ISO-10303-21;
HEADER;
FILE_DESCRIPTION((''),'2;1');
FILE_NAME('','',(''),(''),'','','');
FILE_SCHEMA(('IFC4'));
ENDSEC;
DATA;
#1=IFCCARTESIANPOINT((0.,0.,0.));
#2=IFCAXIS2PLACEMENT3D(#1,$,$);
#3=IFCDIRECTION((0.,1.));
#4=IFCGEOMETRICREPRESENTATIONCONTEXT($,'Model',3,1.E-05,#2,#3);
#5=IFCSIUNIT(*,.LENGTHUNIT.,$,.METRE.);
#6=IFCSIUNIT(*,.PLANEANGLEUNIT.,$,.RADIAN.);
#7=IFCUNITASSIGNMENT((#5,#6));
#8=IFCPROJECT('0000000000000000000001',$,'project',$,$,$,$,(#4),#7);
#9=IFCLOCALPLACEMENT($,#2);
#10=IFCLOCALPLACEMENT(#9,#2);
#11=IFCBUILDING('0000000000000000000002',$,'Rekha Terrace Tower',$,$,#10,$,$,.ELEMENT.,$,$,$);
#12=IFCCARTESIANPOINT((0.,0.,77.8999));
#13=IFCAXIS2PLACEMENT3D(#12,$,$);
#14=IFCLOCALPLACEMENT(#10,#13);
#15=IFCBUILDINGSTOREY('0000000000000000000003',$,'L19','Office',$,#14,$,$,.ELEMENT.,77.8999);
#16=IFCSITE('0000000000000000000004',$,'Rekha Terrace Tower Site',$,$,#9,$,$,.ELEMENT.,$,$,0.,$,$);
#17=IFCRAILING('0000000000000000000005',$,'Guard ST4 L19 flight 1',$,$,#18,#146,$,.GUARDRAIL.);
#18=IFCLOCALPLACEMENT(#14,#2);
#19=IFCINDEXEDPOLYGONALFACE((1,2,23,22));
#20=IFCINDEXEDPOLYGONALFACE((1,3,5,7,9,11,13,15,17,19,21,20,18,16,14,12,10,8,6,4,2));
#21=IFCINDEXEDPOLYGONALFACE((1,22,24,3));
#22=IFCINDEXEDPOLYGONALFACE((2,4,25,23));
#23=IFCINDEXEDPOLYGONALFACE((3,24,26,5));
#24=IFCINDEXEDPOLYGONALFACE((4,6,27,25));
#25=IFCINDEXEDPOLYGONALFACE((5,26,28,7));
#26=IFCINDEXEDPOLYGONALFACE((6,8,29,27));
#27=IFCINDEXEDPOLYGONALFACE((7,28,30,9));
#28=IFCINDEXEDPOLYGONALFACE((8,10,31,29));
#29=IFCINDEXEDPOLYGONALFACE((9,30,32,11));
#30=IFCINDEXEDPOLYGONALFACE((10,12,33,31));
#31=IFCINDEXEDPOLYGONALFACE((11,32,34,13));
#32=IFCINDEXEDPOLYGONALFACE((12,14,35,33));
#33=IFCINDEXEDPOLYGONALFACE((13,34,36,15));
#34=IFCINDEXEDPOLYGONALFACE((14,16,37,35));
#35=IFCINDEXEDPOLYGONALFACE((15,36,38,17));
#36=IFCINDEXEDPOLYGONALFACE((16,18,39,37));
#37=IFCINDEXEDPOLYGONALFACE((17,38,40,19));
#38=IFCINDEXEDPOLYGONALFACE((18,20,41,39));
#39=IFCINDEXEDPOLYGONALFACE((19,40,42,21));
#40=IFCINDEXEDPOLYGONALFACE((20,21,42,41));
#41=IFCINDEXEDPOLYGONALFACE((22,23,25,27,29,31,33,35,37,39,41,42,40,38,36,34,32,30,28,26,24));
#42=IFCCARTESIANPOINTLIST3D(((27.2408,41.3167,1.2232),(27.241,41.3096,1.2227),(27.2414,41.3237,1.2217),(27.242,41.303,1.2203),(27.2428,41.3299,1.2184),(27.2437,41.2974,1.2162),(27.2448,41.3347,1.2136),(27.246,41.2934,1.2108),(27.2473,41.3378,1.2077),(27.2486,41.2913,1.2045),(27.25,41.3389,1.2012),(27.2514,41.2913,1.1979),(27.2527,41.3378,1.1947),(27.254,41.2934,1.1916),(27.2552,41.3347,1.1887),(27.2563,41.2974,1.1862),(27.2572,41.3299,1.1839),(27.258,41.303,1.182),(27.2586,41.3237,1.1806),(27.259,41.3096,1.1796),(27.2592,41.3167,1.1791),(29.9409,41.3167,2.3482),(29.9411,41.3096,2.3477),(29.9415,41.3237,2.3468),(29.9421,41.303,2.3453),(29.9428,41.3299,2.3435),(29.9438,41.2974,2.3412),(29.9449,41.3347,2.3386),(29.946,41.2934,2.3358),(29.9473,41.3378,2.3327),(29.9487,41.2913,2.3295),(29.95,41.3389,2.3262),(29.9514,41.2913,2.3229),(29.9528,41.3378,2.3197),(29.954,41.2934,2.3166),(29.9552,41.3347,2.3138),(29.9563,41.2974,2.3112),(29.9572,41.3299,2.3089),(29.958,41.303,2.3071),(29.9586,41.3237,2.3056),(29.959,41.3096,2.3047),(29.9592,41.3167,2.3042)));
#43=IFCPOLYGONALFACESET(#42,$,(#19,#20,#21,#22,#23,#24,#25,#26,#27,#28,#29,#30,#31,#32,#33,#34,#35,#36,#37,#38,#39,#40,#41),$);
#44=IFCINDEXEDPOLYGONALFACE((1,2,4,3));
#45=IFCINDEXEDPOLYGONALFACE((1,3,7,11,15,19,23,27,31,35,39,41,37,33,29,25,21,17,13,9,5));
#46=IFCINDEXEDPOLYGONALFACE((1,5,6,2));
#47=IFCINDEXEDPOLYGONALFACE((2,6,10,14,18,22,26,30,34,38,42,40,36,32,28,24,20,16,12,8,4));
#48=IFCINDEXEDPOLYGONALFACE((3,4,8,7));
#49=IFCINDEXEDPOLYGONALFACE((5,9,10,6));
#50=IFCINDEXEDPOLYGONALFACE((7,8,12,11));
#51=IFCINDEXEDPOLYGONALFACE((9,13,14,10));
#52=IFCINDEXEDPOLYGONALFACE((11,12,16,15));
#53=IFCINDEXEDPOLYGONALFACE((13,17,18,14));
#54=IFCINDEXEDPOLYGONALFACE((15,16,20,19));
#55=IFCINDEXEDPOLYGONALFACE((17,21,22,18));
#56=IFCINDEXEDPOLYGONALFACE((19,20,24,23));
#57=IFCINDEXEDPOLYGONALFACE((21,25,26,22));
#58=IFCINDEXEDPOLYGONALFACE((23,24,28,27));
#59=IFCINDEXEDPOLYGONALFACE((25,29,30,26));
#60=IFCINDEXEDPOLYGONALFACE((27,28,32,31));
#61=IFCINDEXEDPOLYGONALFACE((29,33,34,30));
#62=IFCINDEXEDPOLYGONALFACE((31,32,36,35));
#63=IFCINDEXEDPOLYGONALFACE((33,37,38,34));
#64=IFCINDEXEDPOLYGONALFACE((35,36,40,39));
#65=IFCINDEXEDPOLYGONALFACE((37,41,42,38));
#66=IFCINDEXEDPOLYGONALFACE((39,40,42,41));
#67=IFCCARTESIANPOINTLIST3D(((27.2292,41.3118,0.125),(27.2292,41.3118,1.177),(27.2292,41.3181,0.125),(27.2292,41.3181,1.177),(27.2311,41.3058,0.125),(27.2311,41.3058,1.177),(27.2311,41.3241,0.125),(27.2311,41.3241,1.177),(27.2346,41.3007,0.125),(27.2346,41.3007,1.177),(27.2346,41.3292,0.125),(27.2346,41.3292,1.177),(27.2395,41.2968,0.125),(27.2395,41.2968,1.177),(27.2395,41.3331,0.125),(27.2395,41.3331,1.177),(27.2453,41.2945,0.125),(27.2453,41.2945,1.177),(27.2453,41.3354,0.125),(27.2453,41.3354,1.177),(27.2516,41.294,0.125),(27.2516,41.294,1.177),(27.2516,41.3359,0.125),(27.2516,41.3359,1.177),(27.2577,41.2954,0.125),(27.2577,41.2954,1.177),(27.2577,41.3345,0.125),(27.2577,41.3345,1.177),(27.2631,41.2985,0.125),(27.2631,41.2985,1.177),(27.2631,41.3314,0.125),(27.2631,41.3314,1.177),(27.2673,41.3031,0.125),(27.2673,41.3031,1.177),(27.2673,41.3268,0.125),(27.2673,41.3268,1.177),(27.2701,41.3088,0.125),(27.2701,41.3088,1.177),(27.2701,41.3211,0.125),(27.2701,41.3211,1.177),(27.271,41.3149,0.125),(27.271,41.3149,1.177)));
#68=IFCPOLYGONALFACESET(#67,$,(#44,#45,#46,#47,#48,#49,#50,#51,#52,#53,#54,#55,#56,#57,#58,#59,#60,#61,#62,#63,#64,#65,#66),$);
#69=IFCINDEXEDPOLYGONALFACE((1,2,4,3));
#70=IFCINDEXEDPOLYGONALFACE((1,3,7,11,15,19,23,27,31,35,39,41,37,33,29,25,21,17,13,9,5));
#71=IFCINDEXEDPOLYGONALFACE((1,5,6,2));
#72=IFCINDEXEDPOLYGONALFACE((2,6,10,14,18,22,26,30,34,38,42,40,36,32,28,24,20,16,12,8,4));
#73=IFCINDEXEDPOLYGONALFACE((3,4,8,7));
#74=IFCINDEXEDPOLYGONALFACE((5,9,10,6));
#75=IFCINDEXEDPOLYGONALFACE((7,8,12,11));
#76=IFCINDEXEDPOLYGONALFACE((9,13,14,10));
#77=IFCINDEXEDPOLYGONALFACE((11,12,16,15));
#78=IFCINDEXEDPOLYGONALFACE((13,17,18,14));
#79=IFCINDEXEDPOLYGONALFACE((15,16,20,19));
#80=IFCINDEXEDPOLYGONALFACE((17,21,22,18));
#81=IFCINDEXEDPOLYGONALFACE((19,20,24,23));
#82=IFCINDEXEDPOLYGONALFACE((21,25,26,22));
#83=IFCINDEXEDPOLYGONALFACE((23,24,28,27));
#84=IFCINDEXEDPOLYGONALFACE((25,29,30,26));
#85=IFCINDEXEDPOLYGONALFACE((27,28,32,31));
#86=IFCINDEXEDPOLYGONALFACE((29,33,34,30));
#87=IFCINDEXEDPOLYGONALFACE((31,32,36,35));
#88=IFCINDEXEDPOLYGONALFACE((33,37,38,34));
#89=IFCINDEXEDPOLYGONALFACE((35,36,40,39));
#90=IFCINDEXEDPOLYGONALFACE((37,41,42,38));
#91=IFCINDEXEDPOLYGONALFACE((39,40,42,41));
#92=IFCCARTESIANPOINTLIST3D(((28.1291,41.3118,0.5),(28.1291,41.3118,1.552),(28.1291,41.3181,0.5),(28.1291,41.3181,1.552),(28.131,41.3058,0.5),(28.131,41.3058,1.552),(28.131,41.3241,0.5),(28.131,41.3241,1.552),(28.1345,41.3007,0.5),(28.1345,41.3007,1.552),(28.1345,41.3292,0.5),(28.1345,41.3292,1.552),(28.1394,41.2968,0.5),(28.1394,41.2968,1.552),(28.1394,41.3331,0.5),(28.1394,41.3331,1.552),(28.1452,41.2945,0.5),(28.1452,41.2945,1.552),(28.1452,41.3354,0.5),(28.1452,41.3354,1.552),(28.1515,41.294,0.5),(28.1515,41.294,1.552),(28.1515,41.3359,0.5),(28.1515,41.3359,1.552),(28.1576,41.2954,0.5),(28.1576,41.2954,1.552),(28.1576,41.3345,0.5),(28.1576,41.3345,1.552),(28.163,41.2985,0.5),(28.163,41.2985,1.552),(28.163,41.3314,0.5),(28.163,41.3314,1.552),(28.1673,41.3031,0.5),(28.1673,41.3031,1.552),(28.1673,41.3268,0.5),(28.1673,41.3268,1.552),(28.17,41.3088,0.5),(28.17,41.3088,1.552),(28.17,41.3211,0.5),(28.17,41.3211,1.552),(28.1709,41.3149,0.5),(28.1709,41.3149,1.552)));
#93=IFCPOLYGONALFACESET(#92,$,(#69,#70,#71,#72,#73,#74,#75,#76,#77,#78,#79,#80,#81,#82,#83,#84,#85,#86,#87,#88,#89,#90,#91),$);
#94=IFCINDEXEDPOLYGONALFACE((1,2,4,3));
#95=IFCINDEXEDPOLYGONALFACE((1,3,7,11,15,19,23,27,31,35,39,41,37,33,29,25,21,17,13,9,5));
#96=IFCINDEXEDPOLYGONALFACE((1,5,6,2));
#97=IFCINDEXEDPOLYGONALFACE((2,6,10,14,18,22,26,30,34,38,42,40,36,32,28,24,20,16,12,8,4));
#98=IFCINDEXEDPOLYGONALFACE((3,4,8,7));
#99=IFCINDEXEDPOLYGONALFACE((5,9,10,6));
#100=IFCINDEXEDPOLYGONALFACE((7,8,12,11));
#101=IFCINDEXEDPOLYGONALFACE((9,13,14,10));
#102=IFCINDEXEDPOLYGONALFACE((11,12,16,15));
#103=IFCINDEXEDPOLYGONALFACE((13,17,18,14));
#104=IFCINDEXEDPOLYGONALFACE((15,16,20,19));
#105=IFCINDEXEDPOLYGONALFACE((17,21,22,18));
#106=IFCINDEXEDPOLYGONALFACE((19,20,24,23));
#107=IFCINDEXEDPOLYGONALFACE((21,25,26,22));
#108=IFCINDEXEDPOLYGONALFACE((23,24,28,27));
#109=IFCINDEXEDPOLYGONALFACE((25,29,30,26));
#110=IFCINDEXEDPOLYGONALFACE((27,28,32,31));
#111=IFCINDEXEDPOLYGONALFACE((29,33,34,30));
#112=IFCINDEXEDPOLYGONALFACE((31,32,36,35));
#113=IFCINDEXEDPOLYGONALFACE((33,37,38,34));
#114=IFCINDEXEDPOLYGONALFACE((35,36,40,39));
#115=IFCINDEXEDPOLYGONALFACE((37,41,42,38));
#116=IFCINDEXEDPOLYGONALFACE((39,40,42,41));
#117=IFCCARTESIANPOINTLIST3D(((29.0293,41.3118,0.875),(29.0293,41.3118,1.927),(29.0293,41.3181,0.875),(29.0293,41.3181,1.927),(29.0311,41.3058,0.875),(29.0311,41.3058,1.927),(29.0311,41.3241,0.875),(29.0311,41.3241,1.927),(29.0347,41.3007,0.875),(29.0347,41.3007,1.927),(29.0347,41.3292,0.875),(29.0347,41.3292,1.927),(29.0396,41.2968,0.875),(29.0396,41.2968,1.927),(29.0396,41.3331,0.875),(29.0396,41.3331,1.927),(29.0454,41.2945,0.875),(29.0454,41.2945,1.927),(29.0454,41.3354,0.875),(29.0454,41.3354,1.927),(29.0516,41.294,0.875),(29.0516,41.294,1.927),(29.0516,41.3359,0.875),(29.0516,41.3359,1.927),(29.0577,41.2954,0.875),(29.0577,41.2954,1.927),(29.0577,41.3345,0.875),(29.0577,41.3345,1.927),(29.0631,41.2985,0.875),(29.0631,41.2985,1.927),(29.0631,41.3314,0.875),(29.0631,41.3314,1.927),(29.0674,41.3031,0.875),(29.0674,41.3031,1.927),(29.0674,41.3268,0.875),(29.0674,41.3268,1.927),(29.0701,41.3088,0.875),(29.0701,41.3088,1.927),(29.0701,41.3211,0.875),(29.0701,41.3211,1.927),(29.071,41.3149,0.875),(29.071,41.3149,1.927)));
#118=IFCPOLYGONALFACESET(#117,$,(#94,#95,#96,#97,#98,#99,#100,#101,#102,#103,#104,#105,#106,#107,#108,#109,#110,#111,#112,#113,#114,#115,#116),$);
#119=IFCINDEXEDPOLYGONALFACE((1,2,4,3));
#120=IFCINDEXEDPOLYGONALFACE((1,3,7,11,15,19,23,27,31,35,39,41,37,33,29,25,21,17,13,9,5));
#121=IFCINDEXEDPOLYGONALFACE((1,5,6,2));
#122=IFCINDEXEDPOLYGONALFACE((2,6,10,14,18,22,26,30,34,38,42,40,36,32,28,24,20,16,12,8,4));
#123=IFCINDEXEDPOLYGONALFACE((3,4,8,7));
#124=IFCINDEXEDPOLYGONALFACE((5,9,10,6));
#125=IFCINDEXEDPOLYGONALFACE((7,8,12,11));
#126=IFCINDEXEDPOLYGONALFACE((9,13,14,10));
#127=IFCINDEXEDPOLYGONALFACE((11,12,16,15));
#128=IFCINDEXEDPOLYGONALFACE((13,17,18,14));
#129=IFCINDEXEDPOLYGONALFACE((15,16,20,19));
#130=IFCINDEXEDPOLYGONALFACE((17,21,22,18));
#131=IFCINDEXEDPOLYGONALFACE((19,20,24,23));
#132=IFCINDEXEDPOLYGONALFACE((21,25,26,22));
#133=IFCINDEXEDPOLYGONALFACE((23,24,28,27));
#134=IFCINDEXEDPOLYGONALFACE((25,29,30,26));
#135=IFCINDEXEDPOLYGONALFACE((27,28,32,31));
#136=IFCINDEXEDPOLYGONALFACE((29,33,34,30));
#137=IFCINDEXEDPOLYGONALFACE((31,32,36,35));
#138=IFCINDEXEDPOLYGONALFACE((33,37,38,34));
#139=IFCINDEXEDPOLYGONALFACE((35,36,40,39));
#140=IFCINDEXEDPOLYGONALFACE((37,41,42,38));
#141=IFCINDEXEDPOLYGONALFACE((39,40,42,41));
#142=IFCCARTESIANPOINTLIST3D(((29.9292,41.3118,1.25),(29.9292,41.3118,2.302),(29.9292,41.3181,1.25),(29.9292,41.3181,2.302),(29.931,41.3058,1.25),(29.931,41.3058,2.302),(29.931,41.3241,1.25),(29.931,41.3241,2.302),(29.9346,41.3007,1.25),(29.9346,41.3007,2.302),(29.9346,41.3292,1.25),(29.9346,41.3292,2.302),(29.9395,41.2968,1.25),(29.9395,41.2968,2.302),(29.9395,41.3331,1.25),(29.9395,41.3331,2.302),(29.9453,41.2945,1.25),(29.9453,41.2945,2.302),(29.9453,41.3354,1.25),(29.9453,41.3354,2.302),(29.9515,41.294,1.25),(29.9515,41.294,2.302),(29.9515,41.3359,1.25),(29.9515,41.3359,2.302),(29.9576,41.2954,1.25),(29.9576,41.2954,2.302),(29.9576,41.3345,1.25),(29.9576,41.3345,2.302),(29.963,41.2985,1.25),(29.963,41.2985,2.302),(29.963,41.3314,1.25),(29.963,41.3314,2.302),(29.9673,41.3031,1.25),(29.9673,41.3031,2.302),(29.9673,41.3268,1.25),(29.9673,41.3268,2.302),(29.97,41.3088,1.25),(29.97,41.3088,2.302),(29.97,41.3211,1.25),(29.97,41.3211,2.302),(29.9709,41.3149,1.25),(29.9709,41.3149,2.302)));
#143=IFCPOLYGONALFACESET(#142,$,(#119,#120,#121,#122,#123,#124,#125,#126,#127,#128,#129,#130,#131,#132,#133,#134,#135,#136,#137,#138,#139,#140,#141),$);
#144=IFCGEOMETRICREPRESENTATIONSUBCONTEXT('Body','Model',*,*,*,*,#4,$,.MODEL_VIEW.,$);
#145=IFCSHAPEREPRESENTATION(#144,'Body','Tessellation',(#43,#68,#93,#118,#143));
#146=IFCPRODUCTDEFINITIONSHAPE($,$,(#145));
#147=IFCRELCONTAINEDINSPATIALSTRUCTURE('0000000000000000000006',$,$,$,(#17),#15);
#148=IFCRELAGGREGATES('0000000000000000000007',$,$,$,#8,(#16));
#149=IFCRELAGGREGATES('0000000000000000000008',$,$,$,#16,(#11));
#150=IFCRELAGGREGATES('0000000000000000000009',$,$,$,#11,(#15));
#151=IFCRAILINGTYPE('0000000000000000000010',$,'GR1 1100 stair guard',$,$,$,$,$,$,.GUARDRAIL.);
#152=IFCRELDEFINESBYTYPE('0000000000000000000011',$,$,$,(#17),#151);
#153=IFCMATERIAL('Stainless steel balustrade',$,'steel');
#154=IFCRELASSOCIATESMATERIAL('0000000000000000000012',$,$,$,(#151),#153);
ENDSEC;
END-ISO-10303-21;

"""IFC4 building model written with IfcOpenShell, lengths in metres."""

from ifc_helpers import new_model, si_unit, direction, frame, origin, origin_2d, place, context, subcontext, project, spatial, circle, extrude, material, type_object, element, save


model = new_model("IFC4")

# Units and contexts
model_context = context("Model", 3, precision=1e-05, world=origin(), true_north=direction((0.0, 1.0)))
body_context = subcontext(model_context, "Body", "Model", "MODEL_VIEW")
ifc_project = project(units=[si_unit("LENGTHUNIT", "METRE"), si_unit("PLANEANGLEUNIT", "RADIAN")], contexts=[model_context])

# Site, building, storey
site_placement = place(None, origin())
site = spatial("IfcSite", under=ifc_project, at=site_placement, Name="Rekha Terrace Tower Site", CompositionType="ELEMENT", RefElevation=0.0)
building_placement = place(site_placement, origin())
building = spatial("IfcBuilding", under=site, at=building_placement, Name="Rekha Terrace Tower", CompositionType="ELEMENT")
storey_placement = place(building_placement, frame((0.0, 0.0, 77.8999)))
storey = spatial("IfcBuildingStorey", under=building, at=storey_placement, Name="L19", Description="Office", CompositionType="ELEMENT", Elevation=77.8999)

# Railing
ifc_material_1 = material(Name="Stainless steel balustrade", Category="steel")
railing_type_1 = type_object("IfcRailingType", Name="GR1 1100 stair guard", PredefinedType="GUARDRAIL", material=ifc_material_1)
railing_1_placement = place(storey_placement, frame((27.25, 41.3149, 0.125)))
element("IfcRailing", 1, at=railing_1_placement, inside=storey, type_object=railing_type_1, Name="Guard ST4 L19 flight 1", PredefinedType="GUARDRAIL", context=body_context, shape_type="SweptSolid", body=[
    extrude(circle(Radius=0.0239, at=origin_2d()), frame((0.0, 0.0, 1.0762), z_axis=(0.923074, 0.0, 0.384621), x_axis=(0.0, 1.0, 0.0)), (0.0, 0.0, 1.0), 2.925),
    extrude(circle(Radius=0.021, at=origin_2d()), origin(), (0.0, 0.0, 1.0), 1.052),
    extrude(circle(Radius=0.021, at=origin_2d()), frame((0.8999, 0.0, 0.375)), (0.0, 0.0, 1.0), 1.052),
    extrude(circle(Radius=0.021, at=origin_2d()), frame((1.8, 0.0, 0.75)), (0.0, 0.0, 1.0), 1.052),
    extrude(circle(Radius=0.021, at=origin_2d()), frame((2.7, 0.0, 1.125)), (0.0, 0.0, 1.0), 1.052),
])

save(model, "model.ifc")
